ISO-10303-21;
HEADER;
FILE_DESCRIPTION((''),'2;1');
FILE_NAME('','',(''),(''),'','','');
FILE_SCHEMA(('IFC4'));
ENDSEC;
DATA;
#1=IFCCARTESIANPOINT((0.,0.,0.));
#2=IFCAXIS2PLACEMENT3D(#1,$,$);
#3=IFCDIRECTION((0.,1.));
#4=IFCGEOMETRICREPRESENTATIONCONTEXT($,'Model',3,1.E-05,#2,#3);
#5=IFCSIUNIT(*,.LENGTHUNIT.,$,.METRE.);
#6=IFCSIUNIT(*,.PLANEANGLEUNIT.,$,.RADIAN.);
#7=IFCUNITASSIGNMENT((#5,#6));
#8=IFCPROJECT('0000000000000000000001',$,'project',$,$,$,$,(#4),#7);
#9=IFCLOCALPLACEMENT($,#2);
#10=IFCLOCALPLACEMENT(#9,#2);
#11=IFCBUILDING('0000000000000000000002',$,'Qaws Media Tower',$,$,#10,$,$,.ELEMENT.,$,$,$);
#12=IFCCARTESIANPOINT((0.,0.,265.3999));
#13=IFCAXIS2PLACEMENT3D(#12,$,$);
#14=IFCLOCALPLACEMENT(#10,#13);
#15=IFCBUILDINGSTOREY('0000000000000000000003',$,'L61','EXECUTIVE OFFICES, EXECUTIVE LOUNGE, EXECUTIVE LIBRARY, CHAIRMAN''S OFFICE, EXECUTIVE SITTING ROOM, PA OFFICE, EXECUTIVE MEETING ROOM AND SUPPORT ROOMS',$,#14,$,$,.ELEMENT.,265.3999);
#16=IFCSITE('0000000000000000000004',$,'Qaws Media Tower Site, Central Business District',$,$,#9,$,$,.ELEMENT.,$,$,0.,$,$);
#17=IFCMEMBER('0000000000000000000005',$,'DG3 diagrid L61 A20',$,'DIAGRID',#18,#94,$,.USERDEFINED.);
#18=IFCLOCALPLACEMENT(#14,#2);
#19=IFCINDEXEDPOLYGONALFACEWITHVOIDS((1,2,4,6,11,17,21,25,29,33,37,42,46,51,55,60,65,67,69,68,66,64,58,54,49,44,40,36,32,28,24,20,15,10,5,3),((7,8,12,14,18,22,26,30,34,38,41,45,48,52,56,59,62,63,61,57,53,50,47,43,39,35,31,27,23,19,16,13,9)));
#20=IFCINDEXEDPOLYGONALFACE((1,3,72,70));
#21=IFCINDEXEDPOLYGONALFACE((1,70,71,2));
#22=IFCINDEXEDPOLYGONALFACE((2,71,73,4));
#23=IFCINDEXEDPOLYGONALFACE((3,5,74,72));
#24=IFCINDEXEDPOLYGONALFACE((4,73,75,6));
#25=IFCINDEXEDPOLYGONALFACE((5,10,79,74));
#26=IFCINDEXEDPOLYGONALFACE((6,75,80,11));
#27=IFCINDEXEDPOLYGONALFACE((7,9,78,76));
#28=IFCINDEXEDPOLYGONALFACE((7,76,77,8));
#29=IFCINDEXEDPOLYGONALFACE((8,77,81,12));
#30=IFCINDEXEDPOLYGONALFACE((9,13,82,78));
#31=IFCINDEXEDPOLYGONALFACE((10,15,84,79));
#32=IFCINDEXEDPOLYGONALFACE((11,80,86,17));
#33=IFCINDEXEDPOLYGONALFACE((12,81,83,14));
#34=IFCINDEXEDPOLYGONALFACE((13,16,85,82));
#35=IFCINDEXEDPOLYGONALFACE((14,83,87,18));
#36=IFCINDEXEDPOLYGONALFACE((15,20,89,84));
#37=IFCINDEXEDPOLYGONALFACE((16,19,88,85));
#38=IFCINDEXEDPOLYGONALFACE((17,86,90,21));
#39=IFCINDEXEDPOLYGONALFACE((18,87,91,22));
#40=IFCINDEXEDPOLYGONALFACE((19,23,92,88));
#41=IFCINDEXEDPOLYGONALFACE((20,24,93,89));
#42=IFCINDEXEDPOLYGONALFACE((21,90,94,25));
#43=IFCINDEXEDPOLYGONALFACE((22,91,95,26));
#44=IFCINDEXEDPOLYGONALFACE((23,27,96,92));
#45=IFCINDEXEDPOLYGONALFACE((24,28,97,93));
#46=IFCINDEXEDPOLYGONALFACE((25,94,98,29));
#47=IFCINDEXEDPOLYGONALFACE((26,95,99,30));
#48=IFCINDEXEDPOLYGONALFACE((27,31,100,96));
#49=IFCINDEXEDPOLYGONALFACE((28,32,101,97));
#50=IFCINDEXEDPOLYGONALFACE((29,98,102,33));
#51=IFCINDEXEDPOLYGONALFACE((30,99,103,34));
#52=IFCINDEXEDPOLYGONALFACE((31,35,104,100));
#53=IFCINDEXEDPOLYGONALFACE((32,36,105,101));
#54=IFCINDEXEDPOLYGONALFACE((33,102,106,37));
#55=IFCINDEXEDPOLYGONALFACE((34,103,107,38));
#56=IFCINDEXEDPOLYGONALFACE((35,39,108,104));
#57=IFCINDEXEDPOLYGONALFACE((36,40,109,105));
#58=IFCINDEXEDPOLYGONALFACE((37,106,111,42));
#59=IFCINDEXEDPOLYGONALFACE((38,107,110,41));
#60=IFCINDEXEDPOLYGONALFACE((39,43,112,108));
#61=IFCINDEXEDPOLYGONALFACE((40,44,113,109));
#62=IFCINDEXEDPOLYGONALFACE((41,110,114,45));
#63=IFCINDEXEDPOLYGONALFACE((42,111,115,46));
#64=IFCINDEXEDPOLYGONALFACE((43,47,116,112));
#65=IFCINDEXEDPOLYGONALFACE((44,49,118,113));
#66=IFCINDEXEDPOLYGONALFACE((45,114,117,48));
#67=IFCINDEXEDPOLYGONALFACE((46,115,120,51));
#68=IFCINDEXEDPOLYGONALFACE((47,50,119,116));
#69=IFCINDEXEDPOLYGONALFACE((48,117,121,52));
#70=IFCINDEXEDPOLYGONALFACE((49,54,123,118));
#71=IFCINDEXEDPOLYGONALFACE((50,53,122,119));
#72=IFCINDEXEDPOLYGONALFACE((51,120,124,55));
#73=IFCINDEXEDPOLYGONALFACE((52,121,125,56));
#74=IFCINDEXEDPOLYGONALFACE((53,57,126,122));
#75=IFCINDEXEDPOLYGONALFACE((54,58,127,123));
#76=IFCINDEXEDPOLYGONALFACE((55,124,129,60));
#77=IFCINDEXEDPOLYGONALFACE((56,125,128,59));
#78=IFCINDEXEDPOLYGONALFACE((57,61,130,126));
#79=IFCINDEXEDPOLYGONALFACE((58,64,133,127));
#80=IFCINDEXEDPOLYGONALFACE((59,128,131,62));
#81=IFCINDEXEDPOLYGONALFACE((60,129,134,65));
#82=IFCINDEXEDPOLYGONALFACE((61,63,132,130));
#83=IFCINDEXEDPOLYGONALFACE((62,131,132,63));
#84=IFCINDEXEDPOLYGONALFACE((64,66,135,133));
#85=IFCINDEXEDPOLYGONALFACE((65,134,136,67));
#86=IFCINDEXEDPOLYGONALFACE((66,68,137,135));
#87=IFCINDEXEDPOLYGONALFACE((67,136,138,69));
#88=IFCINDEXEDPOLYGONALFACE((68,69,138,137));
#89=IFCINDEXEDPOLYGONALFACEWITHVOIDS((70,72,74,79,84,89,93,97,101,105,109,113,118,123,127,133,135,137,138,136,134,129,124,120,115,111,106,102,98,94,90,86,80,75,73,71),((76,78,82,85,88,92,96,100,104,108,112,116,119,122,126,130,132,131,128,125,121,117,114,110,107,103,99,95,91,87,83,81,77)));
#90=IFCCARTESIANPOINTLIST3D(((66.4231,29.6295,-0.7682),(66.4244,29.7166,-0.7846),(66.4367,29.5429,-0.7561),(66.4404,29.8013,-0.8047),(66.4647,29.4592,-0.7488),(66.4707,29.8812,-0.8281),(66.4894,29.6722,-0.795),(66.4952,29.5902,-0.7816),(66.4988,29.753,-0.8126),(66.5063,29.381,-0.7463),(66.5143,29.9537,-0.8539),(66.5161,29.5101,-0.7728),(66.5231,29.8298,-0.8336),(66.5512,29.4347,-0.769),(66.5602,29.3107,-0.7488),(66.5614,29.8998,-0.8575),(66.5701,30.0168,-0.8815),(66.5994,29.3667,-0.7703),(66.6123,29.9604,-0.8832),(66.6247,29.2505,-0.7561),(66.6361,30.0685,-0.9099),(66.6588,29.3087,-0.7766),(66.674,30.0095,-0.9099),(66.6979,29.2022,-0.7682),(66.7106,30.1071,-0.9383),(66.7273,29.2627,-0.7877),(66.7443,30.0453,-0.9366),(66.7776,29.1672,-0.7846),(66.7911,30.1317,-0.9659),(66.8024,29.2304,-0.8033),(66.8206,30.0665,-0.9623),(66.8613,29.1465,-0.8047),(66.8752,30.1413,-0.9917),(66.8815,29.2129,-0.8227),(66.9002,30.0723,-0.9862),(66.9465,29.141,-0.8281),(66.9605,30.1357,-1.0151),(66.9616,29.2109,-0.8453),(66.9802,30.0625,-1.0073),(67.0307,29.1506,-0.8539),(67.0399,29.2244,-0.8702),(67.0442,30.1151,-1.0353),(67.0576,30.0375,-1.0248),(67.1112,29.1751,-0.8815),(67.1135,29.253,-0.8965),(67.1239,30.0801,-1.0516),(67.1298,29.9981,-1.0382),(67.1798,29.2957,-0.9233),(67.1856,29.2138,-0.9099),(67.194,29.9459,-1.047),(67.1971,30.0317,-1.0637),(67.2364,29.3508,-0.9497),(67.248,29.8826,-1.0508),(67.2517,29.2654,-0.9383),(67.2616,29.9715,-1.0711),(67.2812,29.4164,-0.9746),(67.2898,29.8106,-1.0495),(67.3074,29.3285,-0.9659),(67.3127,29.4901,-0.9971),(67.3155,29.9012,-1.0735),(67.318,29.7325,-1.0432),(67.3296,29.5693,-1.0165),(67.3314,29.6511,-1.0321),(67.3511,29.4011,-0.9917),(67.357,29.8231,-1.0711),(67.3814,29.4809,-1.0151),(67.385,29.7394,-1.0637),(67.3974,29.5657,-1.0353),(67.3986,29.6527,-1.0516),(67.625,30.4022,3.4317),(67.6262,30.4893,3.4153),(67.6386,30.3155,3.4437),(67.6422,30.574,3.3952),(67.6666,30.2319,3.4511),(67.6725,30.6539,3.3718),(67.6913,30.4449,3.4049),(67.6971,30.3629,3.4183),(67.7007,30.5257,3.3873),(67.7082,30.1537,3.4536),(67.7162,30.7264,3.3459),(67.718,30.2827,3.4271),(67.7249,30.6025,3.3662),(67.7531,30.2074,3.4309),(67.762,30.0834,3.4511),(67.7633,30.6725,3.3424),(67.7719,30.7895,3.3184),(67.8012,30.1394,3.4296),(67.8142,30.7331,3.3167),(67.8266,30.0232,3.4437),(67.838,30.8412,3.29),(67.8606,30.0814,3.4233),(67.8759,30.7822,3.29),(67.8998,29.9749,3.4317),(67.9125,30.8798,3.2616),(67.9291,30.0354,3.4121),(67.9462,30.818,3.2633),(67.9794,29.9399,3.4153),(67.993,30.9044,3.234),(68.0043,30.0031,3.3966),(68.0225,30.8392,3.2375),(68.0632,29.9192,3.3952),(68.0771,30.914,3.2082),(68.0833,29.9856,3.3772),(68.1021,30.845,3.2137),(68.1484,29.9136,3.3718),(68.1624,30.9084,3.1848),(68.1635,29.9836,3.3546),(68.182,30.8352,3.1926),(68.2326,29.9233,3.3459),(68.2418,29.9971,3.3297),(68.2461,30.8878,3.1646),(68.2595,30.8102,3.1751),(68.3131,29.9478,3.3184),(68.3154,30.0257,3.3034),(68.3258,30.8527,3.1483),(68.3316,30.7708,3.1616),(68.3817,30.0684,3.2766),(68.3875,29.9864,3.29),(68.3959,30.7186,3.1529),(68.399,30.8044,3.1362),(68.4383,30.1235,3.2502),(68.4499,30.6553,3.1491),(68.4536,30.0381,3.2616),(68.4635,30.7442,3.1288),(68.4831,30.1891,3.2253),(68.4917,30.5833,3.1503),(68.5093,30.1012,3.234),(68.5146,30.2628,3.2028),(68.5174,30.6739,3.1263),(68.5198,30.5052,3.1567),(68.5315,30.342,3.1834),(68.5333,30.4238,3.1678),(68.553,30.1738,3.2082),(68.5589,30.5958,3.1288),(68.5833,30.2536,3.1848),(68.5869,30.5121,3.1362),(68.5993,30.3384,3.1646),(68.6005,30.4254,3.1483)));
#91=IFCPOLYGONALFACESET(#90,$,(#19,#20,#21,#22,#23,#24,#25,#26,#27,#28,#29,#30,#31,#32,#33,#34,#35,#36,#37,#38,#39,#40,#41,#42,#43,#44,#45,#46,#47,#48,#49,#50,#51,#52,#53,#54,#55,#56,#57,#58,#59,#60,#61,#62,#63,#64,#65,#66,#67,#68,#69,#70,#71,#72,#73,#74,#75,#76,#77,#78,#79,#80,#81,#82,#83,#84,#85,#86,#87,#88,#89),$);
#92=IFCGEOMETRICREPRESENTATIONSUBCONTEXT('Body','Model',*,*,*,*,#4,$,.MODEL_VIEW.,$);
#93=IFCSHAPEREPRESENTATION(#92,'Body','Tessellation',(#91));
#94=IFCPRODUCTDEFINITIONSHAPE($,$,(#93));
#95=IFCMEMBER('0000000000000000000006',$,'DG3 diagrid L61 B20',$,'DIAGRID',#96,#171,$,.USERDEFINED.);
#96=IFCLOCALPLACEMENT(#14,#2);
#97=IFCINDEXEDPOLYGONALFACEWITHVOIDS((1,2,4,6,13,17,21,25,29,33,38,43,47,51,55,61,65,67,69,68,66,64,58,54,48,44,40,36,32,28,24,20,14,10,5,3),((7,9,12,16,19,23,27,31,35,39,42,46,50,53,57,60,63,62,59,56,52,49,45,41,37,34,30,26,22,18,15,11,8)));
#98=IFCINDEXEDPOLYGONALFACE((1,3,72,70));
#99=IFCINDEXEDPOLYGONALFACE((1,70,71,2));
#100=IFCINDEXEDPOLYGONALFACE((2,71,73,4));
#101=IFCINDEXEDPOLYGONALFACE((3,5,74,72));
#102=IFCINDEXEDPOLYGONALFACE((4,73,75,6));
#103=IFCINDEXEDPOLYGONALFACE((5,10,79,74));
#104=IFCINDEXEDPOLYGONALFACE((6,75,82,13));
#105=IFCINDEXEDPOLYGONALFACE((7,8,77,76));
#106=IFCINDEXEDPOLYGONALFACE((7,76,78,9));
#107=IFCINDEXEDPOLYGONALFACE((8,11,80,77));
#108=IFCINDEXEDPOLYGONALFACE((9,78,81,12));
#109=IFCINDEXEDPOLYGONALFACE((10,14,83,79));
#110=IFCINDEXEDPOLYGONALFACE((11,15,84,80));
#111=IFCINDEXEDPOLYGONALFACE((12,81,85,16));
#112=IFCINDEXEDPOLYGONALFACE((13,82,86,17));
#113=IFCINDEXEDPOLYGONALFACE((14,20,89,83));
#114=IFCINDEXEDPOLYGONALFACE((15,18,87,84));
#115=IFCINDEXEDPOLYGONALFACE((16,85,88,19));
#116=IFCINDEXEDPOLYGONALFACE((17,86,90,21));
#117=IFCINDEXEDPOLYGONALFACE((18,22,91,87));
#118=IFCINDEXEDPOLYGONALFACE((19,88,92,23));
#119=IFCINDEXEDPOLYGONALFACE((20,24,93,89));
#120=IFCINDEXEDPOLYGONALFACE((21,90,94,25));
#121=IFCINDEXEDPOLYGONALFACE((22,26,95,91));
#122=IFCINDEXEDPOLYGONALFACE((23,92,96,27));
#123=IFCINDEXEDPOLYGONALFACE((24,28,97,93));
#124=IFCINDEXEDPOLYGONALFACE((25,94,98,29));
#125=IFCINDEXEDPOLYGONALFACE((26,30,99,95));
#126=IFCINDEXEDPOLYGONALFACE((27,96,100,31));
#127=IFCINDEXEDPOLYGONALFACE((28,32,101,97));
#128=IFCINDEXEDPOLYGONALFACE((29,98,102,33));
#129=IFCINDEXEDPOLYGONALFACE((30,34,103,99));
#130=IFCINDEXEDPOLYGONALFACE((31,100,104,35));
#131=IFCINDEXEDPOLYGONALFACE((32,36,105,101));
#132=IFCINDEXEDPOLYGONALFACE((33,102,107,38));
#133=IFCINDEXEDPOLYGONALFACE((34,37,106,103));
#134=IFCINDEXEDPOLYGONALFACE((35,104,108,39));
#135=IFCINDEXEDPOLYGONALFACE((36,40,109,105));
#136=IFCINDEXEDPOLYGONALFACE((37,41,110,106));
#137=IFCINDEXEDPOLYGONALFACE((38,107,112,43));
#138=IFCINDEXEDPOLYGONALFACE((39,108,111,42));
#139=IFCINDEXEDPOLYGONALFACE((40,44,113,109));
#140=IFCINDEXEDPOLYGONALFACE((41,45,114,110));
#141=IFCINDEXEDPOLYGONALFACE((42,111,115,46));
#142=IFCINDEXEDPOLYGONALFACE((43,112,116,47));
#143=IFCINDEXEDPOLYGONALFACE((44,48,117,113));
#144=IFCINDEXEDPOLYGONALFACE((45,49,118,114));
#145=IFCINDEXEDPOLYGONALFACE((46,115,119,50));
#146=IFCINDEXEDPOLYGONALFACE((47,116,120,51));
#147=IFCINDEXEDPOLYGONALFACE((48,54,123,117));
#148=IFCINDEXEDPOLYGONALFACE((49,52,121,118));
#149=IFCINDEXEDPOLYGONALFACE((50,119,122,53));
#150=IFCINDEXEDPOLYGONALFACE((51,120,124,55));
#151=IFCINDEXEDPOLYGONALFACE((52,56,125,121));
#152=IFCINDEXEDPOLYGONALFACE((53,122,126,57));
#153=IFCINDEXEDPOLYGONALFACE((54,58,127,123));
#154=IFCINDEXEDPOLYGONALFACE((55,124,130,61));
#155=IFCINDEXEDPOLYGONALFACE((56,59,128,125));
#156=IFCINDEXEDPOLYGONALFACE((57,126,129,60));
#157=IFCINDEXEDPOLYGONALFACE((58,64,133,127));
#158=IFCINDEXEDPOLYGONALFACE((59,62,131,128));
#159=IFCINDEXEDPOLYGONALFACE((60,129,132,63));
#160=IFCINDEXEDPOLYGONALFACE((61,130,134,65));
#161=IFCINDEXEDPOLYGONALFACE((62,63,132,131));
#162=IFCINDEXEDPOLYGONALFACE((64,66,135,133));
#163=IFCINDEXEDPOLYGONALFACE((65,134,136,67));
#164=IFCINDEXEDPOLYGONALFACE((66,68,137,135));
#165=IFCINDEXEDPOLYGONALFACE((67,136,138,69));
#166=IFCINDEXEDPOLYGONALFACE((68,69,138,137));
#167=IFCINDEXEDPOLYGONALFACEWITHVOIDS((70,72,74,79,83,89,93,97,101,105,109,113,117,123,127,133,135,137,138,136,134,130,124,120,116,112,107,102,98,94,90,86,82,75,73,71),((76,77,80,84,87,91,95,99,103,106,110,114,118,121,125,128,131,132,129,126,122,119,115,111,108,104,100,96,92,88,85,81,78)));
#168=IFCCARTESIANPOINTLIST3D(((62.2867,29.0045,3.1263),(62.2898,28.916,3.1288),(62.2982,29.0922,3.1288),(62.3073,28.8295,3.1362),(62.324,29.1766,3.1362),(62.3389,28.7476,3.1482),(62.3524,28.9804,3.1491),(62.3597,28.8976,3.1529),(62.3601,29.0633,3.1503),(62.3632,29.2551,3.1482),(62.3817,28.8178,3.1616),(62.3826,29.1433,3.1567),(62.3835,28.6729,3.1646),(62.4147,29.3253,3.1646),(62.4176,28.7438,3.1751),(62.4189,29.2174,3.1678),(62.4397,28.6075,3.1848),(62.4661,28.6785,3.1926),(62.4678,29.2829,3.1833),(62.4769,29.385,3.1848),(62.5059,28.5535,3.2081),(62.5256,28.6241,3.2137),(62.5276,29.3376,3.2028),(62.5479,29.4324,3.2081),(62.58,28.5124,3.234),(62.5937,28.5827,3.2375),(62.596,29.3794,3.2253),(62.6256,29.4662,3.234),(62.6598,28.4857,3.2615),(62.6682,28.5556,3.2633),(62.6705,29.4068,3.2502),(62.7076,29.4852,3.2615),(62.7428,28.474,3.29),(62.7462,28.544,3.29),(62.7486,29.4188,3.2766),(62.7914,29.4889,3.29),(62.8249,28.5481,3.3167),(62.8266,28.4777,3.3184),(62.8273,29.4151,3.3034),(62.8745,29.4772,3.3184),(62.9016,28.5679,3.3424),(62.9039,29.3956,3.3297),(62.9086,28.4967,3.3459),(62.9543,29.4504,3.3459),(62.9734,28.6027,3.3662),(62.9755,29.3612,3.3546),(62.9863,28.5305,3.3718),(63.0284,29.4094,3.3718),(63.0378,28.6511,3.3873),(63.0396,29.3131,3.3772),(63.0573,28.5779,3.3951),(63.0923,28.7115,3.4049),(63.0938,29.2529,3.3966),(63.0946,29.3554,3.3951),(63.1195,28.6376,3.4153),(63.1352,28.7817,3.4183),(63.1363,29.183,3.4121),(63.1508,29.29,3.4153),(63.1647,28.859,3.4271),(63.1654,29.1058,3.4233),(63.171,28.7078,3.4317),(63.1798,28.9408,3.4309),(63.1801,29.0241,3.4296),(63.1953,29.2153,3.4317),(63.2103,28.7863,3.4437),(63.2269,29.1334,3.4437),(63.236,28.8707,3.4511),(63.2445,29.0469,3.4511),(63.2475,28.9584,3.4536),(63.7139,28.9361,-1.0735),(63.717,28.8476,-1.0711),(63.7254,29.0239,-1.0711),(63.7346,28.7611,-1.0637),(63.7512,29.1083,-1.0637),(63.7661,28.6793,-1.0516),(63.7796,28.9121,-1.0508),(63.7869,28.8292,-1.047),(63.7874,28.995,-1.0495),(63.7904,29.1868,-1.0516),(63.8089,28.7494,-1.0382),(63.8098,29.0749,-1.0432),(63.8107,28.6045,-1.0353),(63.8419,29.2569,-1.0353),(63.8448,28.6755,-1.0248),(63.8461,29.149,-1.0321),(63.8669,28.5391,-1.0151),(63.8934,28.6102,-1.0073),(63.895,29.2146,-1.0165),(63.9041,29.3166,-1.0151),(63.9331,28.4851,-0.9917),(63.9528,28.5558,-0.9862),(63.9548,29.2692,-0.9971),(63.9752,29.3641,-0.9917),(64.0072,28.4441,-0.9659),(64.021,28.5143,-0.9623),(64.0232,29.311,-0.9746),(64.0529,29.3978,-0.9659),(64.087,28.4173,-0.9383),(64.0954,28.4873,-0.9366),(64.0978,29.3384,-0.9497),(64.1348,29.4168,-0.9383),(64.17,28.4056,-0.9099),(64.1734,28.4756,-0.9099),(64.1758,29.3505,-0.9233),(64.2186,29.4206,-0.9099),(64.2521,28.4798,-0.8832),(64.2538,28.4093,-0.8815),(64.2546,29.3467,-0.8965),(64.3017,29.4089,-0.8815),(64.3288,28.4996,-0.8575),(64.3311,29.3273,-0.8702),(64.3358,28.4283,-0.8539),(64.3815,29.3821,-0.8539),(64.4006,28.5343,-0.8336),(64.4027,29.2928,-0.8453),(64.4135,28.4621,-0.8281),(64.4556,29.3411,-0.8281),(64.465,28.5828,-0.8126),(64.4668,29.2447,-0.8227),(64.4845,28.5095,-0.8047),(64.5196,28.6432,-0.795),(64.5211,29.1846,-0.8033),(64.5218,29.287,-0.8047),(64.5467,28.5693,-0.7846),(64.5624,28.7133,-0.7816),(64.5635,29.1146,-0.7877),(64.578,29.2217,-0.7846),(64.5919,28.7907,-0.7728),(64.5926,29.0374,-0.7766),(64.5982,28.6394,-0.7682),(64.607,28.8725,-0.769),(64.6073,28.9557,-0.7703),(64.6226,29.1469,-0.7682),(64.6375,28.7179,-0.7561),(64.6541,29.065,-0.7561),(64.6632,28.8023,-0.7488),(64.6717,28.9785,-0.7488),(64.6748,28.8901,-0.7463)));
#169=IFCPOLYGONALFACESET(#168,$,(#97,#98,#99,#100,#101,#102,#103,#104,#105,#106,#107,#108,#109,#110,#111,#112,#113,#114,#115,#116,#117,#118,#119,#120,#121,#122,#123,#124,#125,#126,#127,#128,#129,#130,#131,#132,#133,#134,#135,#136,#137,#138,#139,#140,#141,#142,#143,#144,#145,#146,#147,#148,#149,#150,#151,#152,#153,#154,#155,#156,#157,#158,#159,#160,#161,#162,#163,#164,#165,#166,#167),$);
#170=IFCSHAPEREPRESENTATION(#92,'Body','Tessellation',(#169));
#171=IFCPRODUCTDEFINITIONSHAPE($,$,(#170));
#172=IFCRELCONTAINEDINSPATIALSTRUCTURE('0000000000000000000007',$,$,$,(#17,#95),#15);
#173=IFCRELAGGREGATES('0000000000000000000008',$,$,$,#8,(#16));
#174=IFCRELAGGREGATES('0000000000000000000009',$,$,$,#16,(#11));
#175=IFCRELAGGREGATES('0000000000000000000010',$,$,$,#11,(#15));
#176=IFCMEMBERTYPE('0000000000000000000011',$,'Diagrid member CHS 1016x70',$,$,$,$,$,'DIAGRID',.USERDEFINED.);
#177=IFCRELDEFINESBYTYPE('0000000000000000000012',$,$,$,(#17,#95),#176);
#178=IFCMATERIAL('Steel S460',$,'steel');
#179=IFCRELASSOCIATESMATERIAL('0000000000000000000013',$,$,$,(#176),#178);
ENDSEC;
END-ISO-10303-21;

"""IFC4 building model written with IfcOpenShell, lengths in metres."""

from ifc_helpers import new_model, si_unit, direction, frame, origin, origin_2d, place, context, subcontext, project, spatial, hollow_circle, extrude, material, material_profile, profile_set, type_object, element, save


model = new_model("IFC4")

# Units and contexts
model_context = context("Model", 3, precision=1e-05, world=origin(), true_north=direction((0.0, 1.0)))
body_context = subcontext(model_context, "Body", "Model", "MODEL_VIEW")
ifc_project = project(units=[si_unit("LENGTHUNIT", "METRE"), si_unit("PLANEANGLEUNIT", "RADIAN")], contexts=[model_context])

# Site, building, storey
site_placement = place(None, origin())
site = spatial("IfcSite", under=ifc_project, at=site_placement, Name="Qaws Media Tower Site, Central Business District", CompositionType="ELEMENT", RefElevation=0.0)
building_placement = place(site_placement, origin())
building = spatial("IfcBuilding", under=site, at=building_placement, Name="Qaws Media Tower", CompositionType="ELEMENT")
storey_placement = place(building_placement, frame((0.0, 0.0, 265.3999)))
storey = spatial("IfcBuildingStorey", under=building, at=storey_placement, Name="L61", Description="EXECUTIVE OFFICES, EXECUTIVE LOUNGE, EXECUTIVE LIBRARY, CHAIRMAN'S OFFICE, EXECUTIVE SITTING ROOM, PA OFFICE, EXECUTIVE MEETING ROOM AND SUPPORT ROOMS", CompositionType="ELEMENT", Elevation=265.3999)

# Members
ifc_material_1 = material(Name="Steel S460", Category="steel")
ifc_material_profile_1 = material_profile(ifc_material_1, hollow_circle(Radius=0.5081, WallThickness=0.0701, at=origin_2d()), Name="CHS 1016x70")
ifc_profile_set_1 = profile_set([ifc_material_profile_1], Name="Steel S460")
member_type_1 = type_object("IfcMemberType", Name="Diagrid member CHS 1016x70", ElementType="DIAGRID", PredefinedType="USERDEFINED", material=ifc_profile_set_1)
for number, where, z_axis, x_axis, name in (
    (1, (66.9109, 29.6411, -0.9099), (0.270922, 0.174176, 0.946712), (-0.540783, 0.841162, 0.0), "DG3 diagrid L61 A20"),
    (2, (64.1943, 28.9131, -0.9099), (-0.321716, 0.015409, 0.946711), (-0.047841, -0.998855, 0.0), "DG3 diagrid L61 B20"),
):
    element("IfcMember", number, at=place(storey_placement, frame(where, z_axis=z_axis, x_axis=x_axis)), inside=storey, type_object=member_type_1, Name=name, ObjectType="DIAGRID", PredefinedType="USERDEFINED", context=body_context, shape_type="SweptSolid", body=[
        extrude(hollow_circle(Radius=0.5081, WallThickness=0.0701, at=origin_2d()), origin(), (0.0, 0.0, 1.0), 4.4363),
    ])

save(model, "model.ifc")
